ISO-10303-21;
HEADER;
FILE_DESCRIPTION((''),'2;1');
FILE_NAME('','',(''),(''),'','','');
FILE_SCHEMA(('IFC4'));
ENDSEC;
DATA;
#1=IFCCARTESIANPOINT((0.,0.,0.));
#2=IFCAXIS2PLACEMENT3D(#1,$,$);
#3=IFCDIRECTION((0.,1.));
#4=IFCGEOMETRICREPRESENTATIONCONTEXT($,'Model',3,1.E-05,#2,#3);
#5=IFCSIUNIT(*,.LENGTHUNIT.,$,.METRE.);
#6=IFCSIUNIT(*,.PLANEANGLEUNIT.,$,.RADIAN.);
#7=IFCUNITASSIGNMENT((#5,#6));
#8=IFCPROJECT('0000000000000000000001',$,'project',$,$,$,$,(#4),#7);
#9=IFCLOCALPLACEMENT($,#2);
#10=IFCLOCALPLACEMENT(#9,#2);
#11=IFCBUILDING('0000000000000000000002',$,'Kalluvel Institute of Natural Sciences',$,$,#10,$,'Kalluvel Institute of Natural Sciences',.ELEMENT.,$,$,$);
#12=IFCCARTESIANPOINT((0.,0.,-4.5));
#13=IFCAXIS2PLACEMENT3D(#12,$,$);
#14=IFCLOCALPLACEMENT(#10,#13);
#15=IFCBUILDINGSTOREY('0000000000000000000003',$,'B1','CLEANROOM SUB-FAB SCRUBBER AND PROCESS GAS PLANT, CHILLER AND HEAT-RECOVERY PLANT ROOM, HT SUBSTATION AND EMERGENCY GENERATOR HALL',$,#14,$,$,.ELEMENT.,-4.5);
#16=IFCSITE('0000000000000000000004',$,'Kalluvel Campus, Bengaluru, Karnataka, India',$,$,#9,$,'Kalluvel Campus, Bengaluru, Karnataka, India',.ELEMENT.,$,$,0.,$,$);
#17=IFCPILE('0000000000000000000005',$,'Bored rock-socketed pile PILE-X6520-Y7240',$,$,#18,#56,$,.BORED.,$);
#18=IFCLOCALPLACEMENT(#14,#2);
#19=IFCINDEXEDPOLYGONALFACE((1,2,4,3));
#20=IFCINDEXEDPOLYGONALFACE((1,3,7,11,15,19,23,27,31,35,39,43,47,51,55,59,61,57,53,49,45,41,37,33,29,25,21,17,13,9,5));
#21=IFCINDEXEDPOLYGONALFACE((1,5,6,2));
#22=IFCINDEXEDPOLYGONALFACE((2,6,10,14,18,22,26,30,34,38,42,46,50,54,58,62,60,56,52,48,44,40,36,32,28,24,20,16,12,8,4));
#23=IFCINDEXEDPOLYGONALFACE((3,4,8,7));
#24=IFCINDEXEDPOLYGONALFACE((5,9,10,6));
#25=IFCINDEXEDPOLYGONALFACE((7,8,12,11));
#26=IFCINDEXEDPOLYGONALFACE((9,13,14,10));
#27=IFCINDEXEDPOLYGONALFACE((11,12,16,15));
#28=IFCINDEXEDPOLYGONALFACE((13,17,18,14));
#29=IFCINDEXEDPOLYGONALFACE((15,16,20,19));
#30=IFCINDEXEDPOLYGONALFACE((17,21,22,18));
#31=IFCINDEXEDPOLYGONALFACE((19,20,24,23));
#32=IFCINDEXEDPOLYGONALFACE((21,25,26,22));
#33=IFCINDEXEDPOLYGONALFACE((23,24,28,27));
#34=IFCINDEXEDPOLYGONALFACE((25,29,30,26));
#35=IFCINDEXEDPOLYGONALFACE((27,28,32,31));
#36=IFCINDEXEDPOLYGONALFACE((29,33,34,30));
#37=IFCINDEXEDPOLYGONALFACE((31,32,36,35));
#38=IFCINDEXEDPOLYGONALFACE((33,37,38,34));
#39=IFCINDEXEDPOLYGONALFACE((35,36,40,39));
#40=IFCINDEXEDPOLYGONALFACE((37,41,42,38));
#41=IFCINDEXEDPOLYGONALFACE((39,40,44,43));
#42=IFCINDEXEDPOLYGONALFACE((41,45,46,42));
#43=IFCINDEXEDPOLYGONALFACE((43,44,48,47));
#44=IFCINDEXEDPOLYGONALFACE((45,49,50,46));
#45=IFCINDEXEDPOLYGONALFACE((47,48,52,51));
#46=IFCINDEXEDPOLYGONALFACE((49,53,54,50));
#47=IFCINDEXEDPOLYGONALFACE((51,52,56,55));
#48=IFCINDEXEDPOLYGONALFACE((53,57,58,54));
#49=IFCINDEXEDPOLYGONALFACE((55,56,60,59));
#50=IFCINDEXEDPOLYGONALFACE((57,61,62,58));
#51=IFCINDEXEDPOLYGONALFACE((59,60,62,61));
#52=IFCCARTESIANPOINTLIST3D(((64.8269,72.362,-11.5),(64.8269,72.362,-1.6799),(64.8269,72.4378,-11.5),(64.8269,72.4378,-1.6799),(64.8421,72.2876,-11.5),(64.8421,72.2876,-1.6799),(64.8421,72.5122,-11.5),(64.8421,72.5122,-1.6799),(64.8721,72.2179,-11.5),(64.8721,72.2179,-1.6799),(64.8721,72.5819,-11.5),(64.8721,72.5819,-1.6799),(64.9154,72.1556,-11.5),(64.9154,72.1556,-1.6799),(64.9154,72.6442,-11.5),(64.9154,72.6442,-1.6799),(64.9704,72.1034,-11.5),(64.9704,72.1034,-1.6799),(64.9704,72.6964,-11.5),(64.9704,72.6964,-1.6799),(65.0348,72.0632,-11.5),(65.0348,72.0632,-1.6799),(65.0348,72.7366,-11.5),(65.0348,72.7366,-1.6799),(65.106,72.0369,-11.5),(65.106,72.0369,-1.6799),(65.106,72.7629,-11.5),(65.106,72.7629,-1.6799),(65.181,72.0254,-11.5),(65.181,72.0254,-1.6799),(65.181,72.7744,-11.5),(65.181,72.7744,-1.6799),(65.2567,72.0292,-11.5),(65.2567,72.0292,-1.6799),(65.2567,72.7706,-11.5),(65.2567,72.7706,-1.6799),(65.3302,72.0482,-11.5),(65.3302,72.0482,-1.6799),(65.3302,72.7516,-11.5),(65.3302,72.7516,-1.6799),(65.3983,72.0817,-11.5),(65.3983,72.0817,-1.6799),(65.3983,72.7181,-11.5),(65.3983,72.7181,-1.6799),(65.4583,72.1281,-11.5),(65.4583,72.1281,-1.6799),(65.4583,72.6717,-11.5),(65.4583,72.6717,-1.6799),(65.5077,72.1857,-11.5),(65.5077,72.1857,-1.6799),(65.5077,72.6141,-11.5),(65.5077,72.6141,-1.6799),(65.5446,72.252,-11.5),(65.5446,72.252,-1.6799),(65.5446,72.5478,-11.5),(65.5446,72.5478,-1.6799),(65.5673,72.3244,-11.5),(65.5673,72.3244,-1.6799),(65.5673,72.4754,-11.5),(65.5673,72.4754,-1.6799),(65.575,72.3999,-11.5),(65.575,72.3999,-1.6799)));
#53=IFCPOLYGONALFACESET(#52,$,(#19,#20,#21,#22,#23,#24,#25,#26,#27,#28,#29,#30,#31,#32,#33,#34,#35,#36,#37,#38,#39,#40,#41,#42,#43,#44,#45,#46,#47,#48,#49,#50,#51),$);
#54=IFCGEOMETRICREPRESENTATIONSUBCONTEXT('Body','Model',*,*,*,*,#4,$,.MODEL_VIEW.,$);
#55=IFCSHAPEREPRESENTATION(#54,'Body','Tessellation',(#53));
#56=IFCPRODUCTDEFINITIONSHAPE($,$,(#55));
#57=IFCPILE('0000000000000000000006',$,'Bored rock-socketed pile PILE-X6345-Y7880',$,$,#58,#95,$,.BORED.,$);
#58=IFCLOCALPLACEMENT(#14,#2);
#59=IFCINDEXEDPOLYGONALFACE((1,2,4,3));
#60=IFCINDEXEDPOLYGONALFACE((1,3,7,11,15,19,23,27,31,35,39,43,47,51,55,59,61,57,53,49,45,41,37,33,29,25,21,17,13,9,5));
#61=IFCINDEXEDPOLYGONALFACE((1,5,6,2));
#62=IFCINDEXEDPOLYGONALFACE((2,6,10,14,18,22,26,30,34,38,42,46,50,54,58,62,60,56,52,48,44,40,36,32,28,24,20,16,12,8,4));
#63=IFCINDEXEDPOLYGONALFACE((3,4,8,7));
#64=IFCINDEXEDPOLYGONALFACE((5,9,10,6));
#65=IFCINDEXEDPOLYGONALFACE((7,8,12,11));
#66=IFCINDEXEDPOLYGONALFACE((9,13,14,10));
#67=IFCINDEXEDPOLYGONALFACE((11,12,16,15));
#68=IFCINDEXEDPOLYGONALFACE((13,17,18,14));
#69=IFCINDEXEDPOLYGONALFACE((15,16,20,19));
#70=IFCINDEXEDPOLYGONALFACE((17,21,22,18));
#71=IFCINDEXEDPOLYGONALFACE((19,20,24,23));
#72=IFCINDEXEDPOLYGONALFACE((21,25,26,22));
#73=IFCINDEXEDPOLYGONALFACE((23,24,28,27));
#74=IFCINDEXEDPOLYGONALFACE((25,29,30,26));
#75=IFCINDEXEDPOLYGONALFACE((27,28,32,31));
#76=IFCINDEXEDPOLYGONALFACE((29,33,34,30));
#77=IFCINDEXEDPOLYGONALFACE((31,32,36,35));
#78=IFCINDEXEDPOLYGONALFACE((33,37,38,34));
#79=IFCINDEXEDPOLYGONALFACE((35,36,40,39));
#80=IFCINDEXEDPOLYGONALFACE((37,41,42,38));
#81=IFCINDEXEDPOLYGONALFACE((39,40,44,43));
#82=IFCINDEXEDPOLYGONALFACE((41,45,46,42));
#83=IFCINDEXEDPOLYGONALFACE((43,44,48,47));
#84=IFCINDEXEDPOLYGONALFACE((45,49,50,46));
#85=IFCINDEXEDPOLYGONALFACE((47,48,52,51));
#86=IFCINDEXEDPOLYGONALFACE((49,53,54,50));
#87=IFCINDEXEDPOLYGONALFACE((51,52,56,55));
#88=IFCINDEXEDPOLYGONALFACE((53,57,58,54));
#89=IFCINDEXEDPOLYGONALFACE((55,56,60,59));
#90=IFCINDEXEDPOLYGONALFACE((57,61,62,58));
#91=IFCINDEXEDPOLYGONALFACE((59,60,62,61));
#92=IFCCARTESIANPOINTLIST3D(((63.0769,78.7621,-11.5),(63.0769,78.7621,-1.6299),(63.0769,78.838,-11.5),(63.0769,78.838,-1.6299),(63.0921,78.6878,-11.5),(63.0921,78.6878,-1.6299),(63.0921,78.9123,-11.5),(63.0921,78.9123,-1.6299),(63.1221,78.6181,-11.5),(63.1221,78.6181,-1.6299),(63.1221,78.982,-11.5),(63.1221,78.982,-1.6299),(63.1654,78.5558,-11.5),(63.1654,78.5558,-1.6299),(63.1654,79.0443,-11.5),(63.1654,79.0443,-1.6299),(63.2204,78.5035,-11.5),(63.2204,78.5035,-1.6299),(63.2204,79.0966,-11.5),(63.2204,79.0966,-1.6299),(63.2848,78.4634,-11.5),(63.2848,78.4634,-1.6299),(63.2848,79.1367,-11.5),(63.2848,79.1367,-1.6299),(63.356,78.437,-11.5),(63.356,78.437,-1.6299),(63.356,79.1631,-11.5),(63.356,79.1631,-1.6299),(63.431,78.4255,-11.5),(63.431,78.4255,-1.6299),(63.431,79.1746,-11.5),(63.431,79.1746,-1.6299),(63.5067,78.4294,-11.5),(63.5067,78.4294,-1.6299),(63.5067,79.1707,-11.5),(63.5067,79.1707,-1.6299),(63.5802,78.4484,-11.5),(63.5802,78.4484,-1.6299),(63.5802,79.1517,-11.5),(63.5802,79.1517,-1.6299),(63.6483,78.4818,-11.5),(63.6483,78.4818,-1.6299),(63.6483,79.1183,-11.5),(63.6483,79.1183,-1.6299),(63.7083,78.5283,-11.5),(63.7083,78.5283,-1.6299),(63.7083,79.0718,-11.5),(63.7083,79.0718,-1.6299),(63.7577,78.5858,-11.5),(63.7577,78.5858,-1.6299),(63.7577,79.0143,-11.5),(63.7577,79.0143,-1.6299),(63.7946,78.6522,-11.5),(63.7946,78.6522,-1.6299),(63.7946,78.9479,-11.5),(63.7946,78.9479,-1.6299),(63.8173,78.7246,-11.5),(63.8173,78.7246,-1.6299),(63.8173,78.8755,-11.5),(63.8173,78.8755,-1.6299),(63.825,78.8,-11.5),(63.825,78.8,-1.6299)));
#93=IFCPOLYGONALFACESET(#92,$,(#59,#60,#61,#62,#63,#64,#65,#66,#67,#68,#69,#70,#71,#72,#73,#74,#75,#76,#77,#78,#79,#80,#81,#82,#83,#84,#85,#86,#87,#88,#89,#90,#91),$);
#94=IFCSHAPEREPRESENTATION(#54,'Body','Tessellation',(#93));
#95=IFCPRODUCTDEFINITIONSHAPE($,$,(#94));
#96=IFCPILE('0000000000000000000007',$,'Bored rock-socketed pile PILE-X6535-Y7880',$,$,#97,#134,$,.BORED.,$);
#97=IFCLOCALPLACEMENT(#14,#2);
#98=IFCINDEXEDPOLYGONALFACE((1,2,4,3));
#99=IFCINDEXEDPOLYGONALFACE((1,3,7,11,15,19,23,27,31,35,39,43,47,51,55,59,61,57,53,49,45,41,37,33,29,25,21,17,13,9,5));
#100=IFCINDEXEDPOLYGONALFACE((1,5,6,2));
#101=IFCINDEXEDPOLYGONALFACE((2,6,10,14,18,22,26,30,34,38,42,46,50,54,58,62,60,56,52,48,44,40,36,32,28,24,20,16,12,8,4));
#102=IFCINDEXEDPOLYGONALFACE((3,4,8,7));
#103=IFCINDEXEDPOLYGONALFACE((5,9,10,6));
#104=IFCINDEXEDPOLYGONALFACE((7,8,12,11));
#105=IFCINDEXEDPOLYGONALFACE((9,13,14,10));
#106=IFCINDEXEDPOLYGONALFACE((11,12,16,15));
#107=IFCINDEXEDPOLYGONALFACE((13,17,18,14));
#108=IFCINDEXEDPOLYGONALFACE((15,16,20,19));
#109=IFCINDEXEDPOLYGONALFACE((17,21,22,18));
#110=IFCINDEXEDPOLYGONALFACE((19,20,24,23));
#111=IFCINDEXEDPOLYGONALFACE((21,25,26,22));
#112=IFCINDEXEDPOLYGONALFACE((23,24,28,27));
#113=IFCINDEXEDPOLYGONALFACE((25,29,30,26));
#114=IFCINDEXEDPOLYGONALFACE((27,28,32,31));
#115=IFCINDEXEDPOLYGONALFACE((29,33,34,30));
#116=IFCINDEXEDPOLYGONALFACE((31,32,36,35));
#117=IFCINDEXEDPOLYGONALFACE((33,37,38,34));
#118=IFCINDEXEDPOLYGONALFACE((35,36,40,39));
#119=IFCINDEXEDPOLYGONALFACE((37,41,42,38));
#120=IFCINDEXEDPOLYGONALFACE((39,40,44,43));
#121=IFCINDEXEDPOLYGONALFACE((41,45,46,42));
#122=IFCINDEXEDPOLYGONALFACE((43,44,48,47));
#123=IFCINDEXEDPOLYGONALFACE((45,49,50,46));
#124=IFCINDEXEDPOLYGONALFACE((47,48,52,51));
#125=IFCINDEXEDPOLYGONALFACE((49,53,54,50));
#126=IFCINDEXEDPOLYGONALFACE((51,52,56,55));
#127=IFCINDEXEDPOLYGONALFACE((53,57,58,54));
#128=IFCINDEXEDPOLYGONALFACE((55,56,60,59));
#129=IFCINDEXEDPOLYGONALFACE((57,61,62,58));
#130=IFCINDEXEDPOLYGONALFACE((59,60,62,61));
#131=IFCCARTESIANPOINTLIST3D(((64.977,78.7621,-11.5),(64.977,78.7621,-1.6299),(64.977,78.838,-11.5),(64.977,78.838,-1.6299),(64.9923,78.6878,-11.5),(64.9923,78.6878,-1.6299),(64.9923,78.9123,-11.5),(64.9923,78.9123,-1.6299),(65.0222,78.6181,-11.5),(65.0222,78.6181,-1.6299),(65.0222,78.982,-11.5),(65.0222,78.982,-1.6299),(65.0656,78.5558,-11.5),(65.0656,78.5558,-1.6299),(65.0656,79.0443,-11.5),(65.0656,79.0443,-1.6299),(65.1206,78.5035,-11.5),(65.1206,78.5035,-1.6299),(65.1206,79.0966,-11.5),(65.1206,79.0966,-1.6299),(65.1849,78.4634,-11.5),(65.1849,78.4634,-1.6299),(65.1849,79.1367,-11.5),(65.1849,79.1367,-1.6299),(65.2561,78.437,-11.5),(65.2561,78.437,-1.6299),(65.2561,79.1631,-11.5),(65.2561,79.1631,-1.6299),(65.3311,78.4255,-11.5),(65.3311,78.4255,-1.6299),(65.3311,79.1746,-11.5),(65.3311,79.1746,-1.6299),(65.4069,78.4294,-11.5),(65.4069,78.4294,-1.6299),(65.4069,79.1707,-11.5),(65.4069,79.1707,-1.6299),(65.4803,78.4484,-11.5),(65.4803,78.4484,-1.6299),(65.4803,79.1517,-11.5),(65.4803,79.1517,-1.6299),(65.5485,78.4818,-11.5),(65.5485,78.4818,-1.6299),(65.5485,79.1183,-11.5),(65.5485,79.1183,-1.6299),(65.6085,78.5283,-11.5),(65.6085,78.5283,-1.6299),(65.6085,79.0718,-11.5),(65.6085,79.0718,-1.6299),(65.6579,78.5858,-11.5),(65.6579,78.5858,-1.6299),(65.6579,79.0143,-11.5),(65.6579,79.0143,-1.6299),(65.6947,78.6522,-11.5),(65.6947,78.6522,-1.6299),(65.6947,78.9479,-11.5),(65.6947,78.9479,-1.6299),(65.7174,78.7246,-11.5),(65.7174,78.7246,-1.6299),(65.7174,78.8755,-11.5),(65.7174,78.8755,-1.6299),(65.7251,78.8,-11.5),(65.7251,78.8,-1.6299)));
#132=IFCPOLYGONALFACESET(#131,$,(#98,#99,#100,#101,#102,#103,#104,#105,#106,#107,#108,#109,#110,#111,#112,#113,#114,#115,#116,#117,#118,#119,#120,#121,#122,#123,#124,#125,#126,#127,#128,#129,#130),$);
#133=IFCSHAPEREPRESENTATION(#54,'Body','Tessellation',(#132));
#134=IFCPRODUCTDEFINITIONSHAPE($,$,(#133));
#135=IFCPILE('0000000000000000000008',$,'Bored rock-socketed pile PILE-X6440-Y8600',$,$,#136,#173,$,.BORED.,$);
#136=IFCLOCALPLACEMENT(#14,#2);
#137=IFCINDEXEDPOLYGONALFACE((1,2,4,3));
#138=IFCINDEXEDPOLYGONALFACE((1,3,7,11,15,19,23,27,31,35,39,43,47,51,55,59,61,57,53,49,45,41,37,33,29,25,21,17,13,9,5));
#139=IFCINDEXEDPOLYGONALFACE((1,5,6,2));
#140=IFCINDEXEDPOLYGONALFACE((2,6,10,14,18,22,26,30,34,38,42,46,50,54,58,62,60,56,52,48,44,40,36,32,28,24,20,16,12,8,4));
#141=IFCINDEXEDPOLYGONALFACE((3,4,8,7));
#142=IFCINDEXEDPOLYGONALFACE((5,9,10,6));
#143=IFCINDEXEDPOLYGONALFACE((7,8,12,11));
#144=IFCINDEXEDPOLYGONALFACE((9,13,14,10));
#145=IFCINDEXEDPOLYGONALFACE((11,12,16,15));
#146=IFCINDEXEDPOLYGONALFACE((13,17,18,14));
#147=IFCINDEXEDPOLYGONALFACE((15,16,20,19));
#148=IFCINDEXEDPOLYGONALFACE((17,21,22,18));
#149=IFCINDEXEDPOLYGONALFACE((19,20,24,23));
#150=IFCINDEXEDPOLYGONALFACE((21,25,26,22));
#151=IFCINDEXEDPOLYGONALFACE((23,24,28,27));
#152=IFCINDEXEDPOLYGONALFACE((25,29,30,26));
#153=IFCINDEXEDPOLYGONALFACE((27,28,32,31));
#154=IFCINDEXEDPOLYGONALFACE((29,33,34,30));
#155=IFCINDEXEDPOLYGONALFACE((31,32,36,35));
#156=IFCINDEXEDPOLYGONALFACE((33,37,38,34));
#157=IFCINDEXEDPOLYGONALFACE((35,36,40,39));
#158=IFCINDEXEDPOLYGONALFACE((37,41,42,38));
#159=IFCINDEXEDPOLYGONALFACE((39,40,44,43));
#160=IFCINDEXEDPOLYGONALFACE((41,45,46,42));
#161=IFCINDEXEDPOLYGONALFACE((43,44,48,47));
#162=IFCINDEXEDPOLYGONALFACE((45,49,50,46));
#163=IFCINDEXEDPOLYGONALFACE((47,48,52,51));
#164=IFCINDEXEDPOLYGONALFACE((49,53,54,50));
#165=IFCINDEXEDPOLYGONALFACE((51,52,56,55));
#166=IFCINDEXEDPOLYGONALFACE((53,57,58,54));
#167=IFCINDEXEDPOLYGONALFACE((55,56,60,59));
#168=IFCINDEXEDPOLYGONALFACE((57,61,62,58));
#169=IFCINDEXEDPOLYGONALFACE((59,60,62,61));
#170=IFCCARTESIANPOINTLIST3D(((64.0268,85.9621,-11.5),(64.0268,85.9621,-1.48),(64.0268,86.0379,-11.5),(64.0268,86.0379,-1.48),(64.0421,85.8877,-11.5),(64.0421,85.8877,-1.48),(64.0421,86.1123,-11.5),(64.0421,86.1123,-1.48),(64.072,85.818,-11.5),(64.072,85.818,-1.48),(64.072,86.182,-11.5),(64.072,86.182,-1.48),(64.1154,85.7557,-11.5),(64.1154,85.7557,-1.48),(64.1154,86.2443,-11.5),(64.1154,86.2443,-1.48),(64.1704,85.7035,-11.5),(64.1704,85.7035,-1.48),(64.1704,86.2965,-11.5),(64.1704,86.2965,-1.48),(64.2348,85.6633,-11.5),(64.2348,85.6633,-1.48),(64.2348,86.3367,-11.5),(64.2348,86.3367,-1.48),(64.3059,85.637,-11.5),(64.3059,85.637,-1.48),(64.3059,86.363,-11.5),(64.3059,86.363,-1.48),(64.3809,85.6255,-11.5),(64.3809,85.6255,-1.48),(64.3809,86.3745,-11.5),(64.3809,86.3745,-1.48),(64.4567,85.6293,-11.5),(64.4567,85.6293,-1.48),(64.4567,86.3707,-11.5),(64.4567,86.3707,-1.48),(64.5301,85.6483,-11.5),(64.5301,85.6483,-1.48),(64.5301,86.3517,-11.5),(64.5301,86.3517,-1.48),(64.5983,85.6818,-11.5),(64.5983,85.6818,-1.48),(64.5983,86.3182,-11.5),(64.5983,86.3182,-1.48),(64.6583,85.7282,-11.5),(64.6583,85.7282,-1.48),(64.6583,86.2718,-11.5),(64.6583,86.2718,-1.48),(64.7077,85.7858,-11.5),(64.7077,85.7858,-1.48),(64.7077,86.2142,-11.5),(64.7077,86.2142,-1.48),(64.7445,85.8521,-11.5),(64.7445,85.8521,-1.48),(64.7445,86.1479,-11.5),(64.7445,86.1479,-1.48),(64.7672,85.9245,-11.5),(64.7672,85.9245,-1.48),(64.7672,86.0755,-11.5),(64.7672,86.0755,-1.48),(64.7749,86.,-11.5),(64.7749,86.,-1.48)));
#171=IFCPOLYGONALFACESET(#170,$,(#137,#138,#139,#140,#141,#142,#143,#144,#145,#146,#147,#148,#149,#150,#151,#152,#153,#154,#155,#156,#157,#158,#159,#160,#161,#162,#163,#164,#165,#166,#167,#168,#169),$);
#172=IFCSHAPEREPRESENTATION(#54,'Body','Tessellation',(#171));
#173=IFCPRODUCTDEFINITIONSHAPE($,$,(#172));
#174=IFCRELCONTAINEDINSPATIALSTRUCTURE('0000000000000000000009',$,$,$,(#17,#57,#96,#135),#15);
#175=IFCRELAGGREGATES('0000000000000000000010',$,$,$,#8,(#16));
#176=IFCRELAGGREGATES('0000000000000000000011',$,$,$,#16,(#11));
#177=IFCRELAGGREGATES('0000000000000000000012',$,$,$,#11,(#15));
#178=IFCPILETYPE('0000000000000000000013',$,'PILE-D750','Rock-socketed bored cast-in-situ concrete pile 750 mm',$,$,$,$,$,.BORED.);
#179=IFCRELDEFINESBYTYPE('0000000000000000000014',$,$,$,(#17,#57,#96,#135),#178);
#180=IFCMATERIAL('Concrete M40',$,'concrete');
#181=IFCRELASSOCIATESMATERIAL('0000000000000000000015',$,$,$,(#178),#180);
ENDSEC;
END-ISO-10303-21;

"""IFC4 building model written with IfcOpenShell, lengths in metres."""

from ifc_helpers import new_model, si_unit, direction, frame, origin, origin_2d, place, context, subcontext, project, spatial, circle, extrude, material, material_profile, profile_set, type_object, element, save


model = new_model("IFC4")

# Units and contexts
model_context = context("Model", 3, precision=1e-05, world=origin(), true_north=direction((0.0, 1.0)))
body_context = subcontext(model_context, "Body", "Model", "MODEL_VIEW")
ifc_project = project(units=[si_unit("LENGTHUNIT", "METRE"), si_unit("PLANEANGLEUNIT", "RADIAN")], contexts=[model_context])

# Site, building, storey
site_placement = place(None, origin())
site = spatial("IfcSite", under=ifc_project, at=site_placement, Name="Kalluvel Campus, Bengaluru, Karnataka, India", LongName="Kalluvel Campus, Bengaluru, Karnataka, India", CompositionType="ELEMENT", RefElevation=0.0)
building_placement = place(site_placement, origin())
building = spatial("IfcBuilding", under=site, at=building_placement, Name="Kalluvel Institute of Natural Sciences", LongName="Kalluvel Institute of Natural Sciences", CompositionType="ELEMENT")
storey_placement = place(building_placement, frame((0.0, 0.0, -4.5)))
storey = spatial("IfcBuildingStorey", under=building, at=storey_placement, Name="B1", Description="CLEANROOM SUB-FAB SCRUBBER AND PROCESS GAS PLANT, CHILLER AND HEAT-RECOVERY PLANT ROOM, HT SUBSTATION AND EMERGENCY GENERATOR HALL", CompositionType="ELEMENT", Elevation=-4.5)

# Shared definitions
ifc_material_1 = material(Name="Concrete M40", Category="concrete")

# Piles
ifc_material_profile_1 = material_profile(ifc_material_1, circle(Radius=0.375, at=origin_2d()), Name="PILE D750")
ifc_profile_set_1 = profile_set([ifc_material_profile_1], Name="Concrete M40")
pile_type_1 = type_object("IfcPileType", Name="PILE-D750", Description="Rock-socketed bored cast-in-situ concrete pile 750 mm", PredefinedType="BORED", material=ifc_profile_set_1)
pile_1_placement = place(storey_placement, frame((65.2, 72.3999, -1.6799), z_axis=(0.0, 0.0, -1.0), x_axis=(1.0, 0.0, 0.0)))
element("IfcPile", 1, at=pile_1_placement, inside=storey, type_object=pile_type_1, Name="Bored rock-socketed pile PILE-X6520-Y7240", PredefinedType="BORED", context=body_context, shape_type="SweptSolid", body=[
    extrude(circle(Radius=0.375, at=origin_2d()), origin(), (0.0, 0.0, 1.0), 9.8201),
])
for number, where, z_axis, x_axis, name in (
    (2, (63.45, 78.8, -1.6299), (0.0, 0.0, -1.0), (1.0, 0.0, 0.0), "Bored rock-socketed pile PILE-X6345-Y7880"),
    (3, (65.3501, 78.8, -1.6299), (0.0, 0.0, -1.0), (1.0, 0.0, 0.0), "Bored rock-socketed pile PILE-X6535-Y7880"),
):
    element("IfcPile", number, at=place(storey_placement, frame(where, z_axis=z_axis, x_axis=x_axis)), inside=storey, type_object=pile_type_1, Name=name, PredefinedType="BORED", context=body_context, shape_type="SweptSolid", body=[
        extrude(circle(Radius=0.375, at=origin_2d()), origin(), (0.0, 0.0, 1.0), 9.8701),
    ])
pile_2_placement = place(storey_placement, frame((64.3999, 86.0, -1.48), z_axis=(0.0, 0.0, -1.0), x_axis=(1.0, 0.0, 0.0)))
element("IfcPile", 4, at=pile_2_placement, inside=storey, type_object=pile_type_1, Name="Bored rock-socketed pile PILE-X6440-Y8600", PredefinedType="BORED", context=body_context, shape_type="SweptSolid", body=[
    extrude(circle(Radius=0.375, at=origin_2d()), origin(), (0.0, 0.0, 1.0), 10.02),
])

save(model, "model.ifc")
